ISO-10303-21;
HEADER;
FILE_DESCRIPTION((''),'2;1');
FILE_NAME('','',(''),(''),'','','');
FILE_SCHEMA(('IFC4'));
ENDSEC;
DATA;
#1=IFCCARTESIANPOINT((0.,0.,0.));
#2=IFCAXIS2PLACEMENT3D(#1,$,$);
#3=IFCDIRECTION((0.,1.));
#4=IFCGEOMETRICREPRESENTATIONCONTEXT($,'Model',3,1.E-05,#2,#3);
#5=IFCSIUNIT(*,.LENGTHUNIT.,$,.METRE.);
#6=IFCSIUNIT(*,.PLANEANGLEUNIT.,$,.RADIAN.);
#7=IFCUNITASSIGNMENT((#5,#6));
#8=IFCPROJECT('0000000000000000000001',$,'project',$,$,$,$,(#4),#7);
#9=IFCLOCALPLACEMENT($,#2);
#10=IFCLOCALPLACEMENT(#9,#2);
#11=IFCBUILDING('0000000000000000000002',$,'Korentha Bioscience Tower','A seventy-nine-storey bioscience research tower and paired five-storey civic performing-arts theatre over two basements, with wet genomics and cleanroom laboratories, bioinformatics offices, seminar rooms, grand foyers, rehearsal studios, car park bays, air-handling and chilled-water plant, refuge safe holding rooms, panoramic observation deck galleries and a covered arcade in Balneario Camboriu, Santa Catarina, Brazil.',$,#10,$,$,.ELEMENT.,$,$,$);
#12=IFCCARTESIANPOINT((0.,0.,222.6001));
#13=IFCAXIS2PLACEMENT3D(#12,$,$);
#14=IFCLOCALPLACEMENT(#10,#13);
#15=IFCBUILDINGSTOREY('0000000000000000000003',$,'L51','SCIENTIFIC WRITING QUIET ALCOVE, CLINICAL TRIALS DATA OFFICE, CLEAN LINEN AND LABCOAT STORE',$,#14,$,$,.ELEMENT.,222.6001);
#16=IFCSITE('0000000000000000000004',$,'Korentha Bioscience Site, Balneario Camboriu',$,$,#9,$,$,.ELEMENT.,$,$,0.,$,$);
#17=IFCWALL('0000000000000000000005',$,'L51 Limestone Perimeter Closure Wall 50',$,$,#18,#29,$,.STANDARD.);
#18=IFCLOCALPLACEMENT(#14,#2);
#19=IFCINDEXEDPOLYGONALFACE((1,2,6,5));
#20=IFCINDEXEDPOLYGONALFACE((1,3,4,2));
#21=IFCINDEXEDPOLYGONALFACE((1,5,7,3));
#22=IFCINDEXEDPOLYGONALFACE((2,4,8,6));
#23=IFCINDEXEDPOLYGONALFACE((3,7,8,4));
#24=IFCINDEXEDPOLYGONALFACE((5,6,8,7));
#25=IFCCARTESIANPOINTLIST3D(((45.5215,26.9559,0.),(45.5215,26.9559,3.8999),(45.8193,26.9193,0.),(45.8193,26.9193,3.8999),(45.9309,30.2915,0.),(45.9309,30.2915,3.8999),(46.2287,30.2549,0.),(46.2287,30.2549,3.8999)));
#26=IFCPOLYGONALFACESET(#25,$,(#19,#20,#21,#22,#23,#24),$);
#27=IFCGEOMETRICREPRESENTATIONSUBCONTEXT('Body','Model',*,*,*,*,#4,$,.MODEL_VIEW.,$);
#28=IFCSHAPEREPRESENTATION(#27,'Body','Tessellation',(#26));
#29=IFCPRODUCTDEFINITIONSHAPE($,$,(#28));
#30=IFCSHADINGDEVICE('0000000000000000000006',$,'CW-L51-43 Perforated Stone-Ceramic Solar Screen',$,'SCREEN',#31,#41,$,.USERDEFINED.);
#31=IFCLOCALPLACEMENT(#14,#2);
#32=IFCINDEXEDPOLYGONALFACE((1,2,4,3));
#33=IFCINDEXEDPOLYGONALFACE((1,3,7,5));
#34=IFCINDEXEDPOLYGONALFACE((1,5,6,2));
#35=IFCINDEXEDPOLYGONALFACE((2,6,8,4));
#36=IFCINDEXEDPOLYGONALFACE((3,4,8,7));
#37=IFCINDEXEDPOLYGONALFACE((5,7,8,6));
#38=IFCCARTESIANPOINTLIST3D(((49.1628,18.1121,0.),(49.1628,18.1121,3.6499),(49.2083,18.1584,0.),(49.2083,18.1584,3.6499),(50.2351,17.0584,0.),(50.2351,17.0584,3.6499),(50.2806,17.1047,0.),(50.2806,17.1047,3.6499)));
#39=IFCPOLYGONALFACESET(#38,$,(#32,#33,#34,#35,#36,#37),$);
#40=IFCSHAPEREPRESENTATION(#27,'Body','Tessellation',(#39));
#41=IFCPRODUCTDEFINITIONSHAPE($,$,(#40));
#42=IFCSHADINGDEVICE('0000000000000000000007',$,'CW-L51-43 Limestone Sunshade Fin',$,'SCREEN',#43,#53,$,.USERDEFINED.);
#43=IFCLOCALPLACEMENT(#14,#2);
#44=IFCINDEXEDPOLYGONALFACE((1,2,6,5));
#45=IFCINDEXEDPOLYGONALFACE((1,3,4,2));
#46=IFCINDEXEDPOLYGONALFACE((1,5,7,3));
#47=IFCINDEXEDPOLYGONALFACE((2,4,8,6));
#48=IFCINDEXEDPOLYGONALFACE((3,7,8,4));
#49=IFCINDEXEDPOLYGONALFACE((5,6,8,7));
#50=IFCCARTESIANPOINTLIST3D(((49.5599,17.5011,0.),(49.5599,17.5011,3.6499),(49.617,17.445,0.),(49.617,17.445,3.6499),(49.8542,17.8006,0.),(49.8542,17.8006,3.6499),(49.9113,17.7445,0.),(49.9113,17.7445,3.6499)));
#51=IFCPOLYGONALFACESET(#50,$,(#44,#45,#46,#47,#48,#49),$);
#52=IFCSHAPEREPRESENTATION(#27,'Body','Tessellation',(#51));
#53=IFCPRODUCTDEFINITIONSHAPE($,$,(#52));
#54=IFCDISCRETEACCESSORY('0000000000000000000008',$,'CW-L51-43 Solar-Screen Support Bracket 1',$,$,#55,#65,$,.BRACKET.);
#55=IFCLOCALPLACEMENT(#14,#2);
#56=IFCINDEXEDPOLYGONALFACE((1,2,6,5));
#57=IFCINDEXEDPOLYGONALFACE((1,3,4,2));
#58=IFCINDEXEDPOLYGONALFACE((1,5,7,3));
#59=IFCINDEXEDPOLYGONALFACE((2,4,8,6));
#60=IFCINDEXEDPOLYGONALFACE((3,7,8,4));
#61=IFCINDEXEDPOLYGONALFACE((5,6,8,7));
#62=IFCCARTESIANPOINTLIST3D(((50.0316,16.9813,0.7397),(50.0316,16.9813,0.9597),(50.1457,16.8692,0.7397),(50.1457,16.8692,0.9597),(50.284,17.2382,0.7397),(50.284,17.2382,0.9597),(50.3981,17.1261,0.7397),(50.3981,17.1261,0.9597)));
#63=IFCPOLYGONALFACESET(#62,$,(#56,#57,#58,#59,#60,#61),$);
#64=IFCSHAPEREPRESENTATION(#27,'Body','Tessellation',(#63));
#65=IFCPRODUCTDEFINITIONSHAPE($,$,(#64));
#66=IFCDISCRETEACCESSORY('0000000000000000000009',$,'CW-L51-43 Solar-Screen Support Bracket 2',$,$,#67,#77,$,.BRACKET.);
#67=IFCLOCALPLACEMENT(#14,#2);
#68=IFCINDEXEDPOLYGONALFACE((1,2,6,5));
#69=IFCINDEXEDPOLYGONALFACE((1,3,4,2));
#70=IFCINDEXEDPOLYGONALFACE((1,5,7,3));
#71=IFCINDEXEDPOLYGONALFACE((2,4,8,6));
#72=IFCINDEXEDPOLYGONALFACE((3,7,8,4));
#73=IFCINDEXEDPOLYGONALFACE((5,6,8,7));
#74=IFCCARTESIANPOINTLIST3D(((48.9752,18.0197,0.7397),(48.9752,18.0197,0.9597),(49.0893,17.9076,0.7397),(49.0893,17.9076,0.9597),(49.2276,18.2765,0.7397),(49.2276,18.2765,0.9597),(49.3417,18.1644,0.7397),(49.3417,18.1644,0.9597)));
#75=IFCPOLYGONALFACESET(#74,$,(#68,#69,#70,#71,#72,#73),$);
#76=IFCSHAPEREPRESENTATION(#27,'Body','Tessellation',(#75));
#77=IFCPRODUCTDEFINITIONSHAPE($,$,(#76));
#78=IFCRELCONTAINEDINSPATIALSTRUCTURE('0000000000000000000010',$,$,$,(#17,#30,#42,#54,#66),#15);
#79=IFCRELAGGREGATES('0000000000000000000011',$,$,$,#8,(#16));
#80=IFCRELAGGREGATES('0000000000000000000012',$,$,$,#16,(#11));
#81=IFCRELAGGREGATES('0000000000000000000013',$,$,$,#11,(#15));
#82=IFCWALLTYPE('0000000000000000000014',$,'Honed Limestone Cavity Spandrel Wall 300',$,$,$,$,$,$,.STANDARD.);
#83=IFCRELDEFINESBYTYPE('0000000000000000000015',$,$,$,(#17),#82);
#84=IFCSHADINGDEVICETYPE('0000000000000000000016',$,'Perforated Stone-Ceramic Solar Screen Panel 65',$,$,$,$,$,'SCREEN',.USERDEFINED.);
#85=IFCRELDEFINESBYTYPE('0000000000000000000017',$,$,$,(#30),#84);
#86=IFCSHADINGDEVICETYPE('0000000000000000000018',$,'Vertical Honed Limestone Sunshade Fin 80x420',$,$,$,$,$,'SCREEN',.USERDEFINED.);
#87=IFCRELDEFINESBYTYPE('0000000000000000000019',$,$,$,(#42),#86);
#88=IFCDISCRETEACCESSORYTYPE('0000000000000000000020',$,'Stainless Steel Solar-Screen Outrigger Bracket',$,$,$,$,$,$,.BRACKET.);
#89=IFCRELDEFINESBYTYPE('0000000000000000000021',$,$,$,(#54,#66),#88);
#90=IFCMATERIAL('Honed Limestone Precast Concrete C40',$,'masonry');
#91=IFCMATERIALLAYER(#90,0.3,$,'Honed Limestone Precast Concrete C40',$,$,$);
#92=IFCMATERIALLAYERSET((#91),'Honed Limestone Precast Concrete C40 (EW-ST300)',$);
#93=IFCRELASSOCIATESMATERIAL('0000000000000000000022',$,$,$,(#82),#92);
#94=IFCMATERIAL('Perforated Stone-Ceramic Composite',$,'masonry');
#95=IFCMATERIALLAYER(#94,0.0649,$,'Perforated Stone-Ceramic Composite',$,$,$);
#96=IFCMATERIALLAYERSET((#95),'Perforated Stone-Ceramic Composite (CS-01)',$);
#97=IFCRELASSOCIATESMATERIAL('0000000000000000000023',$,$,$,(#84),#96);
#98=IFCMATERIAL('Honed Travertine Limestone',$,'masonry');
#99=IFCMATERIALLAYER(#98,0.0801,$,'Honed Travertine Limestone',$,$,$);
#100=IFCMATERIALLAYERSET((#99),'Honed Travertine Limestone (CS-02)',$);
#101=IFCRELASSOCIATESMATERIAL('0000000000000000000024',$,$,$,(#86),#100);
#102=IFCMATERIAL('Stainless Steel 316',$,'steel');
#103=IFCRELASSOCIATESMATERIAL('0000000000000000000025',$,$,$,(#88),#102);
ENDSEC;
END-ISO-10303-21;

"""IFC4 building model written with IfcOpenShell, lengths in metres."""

from ifc_helpers import new_model, si_unit, direction, frame, frame_2d, origin, origin_2d, place, context, subcontext, project, spatial, rectangle, extrude, material, layer, layer_set, type_object, element, save


model = new_model("IFC4")

# Units and contexts
model_context = context("Model", 3, precision=1e-05, world=origin(), true_north=direction((0.0, 1.0)))
body_context = subcontext(model_context, "Body", "Model", "MODEL_VIEW")
ifc_project = project(units=[si_unit("LENGTHUNIT", "METRE"), si_unit("PLANEANGLEUNIT", "RADIAN")], contexts=[model_context])

# Site, building, storey
site_placement = place(None, origin())
site = spatial("IfcSite", under=ifc_project, at=site_placement, Name="Korentha Bioscience Site, Balneario Camboriu", CompositionType="ELEMENT", RefElevation=0.0)
building_placement = place(site_placement, origin())
building = spatial("IfcBuilding", under=site, at=building_placement, Name="Korentha Bioscience Tower", Description="A seventy-nine-storey bioscience research tower and paired five-storey civic performing-arts theatre over two basements, with wet genomics and cleanroom laboratories, bioinformatics offices, seminar rooms, grand foyers, rehearsal studios, car park bays, air-handling and chilled-water plant, refuge safe holding rooms, panoramic observation deck galleries and a covered arcade in Balneario Camboriu, Santa Catarina, Brazil.", CompositionType="ELEMENT")
storey_placement = place(building_placement, frame((0.0, 0.0, 222.6001)))
storey = spatial("IfcBuildingStorey", under=building, at=storey_placement, Name="L51", Description="SCIENTIFIC WRITING QUIET ALCOVE, CLINICAL TRIALS DATA OFFICE, CLEAN LINEN AND LABCOAT STORE", CompositionType="ELEMENT", Elevation=222.6001)

# Wall
ifc_material_1 = material(Name="Honed Limestone Precast Concrete C40", Category="masonry")
ifc_layer_1 = layer(ifc_material_1, 0.3, Name="Honed Limestone Precast Concrete C40")
ifc_layer_set_1 = layer_set([ifc_layer_1], Name="Honed Limestone Precast Concrete C40 (EW-ST300)")
wall_type_1 = type_object("IfcWallType", Name="Honed Limestone Cavity Spandrel Wall 300", PredefinedType="STANDARD", material=ifc_layer_set_1)
wall_1_placement = place(storey_placement, frame((45.6704, 26.9377, 0.0), z_axis=(0.0, 0.0, 1.0), x_axis=(0.121835, 0.99255, 0.0)))
element("IfcWall", 1, at=wall_1_placement, inside=storey, type_object=wall_type_1, Name="L51 Limestone Perimeter Closure Wall 50", PredefinedType="STANDARD", context=body_context, shape_type="SweptSolid", body=[
    extrude(rectangle(XDim=3.3606, YDim=0.3, at=frame_2d((1.6802, 0.0))), origin(), (0.0, 0.0, 1.0), 3.8999),
])

# Shading devices
ifc_material_2 = material(Name="Perforated Stone-Ceramic Composite", Category="masonry")
ifc_layer_2 = layer(ifc_material_2, 0.0649, Name="Perforated Stone-Ceramic Composite")
ifc_layer_set_2 = layer_set([ifc_layer_2], Name="Perforated Stone-Ceramic Composite (CS-01)")
shading_device_type_1 = type_object("IfcShadingDeviceType", Name="Perforated Stone-Ceramic Solar Screen Panel 65", ElementType="SCREEN", PredefinedType="USERDEFINED", material=ifc_layer_set_2)
shading_device_1_placement = place(storey_placement, frame((49.7217, 17.6084, 0.0), z_axis=(0.0, 0.0, 1.0), x_axis=(-0.713258, 0.700901, 0.0)))
element("IfcShadingDevice", 2, at=shading_device_1_placement, inside=storey, type_object=shading_device_type_1, Name="CW-L51-43 Perforated Stone-Ceramic Solar Screen", ObjectType="SCREEN", PredefinedType="USERDEFINED", context=body_context, shape_type="SweptSolid", body=[
    extrude(rectangle(XDim=1.5034, YDim=0.0649, at=origin_2d()), origin(), (0.0, 0.0, 1.0), 3.6499),
])
ifc_material_3 = material(Name="Honed Travertine Limestone", Category="masonry")
ifc_layer_3 = layer(ifc_material_3, 0.0801, Name="Honed Travertine Limestone")
ifc_layer_set_3 = layer_set([ifc_layer_3], Name="Honed Travertine Limestone (CS-02)")
shading_device_type_2 = type_object("IfcShadingDeviceType", Name="Vertical Honed Limestone Sunshade Fin 80x420", ElementType="SCREEN", PredefinedType="USERDEFINED", material=ifc_layer_set_3)
shading_device_2_placement = place(storey_placement, frame((49.7356, 17.6228, 0.0), z_axis=(0.0, 0.0, 1.0), x_axis=(-0.713258, 0.700901, 0.0)))
element("IfcShadingDevice", 3, at=shading_device_2_placement, inside=storey, type_object=shading_device_type_2, Name="CW-L51-43 Limestone Sunshade Fin", ObjectType="SCREEN", PredefinedType="USERDEFINED", context=body_context, shape_type="SweptSolid", body=[
    extrude(rectangle(XDim=0.0801, YDim=0.4199, at=origin_2d()), origin(), (0.0, 0.0, 1.0), 3.6499),
])

# Discrete accessories
ifc_material_4 = material(Name="Stainless Steel 316", Category="steel")
discrete_accessory_type = type_object("IfcDiscreteAccessoryType", Name="Stainless Steel Solar-Screen Outrigger Bracket", PredefinedType="BRACKET", material=ifc_material_4)
for number, where, z_axis, x_axis, name in (
    (4, (50.2148, 17.0537, 0.7397), (0.0, 0.0, 1.0), (-0.713258, 0.700901, 0.0), "CW-L51-43 Solar-Screen Support Bracket 1"),
    (5, (49.1584, 18.092, 0.7397), (0.0, 0.0, 1.0), (-0.713258, 0.700901, 0.0), "CW-L51-43 Solar-Screen Support Bracket 2"),
):
    element("IfcDiscreteAccessory", number, at=place(storey_placement, frame(where, z_axis=z_axis, x_axis=x_axis)), inside=storey, type_object=discrete_accessory_type, Name=name, PredefinedType="BRACKET", context=body_context, shape_type="SweptSolid", body=[
        extrude(rectangle(XDim=0.1599, YDim=0.3601, at=origin_2d()), origin(), (0.0, 0.0, 1.0), 0.22),
    ])

save(model, "model.ifc")
